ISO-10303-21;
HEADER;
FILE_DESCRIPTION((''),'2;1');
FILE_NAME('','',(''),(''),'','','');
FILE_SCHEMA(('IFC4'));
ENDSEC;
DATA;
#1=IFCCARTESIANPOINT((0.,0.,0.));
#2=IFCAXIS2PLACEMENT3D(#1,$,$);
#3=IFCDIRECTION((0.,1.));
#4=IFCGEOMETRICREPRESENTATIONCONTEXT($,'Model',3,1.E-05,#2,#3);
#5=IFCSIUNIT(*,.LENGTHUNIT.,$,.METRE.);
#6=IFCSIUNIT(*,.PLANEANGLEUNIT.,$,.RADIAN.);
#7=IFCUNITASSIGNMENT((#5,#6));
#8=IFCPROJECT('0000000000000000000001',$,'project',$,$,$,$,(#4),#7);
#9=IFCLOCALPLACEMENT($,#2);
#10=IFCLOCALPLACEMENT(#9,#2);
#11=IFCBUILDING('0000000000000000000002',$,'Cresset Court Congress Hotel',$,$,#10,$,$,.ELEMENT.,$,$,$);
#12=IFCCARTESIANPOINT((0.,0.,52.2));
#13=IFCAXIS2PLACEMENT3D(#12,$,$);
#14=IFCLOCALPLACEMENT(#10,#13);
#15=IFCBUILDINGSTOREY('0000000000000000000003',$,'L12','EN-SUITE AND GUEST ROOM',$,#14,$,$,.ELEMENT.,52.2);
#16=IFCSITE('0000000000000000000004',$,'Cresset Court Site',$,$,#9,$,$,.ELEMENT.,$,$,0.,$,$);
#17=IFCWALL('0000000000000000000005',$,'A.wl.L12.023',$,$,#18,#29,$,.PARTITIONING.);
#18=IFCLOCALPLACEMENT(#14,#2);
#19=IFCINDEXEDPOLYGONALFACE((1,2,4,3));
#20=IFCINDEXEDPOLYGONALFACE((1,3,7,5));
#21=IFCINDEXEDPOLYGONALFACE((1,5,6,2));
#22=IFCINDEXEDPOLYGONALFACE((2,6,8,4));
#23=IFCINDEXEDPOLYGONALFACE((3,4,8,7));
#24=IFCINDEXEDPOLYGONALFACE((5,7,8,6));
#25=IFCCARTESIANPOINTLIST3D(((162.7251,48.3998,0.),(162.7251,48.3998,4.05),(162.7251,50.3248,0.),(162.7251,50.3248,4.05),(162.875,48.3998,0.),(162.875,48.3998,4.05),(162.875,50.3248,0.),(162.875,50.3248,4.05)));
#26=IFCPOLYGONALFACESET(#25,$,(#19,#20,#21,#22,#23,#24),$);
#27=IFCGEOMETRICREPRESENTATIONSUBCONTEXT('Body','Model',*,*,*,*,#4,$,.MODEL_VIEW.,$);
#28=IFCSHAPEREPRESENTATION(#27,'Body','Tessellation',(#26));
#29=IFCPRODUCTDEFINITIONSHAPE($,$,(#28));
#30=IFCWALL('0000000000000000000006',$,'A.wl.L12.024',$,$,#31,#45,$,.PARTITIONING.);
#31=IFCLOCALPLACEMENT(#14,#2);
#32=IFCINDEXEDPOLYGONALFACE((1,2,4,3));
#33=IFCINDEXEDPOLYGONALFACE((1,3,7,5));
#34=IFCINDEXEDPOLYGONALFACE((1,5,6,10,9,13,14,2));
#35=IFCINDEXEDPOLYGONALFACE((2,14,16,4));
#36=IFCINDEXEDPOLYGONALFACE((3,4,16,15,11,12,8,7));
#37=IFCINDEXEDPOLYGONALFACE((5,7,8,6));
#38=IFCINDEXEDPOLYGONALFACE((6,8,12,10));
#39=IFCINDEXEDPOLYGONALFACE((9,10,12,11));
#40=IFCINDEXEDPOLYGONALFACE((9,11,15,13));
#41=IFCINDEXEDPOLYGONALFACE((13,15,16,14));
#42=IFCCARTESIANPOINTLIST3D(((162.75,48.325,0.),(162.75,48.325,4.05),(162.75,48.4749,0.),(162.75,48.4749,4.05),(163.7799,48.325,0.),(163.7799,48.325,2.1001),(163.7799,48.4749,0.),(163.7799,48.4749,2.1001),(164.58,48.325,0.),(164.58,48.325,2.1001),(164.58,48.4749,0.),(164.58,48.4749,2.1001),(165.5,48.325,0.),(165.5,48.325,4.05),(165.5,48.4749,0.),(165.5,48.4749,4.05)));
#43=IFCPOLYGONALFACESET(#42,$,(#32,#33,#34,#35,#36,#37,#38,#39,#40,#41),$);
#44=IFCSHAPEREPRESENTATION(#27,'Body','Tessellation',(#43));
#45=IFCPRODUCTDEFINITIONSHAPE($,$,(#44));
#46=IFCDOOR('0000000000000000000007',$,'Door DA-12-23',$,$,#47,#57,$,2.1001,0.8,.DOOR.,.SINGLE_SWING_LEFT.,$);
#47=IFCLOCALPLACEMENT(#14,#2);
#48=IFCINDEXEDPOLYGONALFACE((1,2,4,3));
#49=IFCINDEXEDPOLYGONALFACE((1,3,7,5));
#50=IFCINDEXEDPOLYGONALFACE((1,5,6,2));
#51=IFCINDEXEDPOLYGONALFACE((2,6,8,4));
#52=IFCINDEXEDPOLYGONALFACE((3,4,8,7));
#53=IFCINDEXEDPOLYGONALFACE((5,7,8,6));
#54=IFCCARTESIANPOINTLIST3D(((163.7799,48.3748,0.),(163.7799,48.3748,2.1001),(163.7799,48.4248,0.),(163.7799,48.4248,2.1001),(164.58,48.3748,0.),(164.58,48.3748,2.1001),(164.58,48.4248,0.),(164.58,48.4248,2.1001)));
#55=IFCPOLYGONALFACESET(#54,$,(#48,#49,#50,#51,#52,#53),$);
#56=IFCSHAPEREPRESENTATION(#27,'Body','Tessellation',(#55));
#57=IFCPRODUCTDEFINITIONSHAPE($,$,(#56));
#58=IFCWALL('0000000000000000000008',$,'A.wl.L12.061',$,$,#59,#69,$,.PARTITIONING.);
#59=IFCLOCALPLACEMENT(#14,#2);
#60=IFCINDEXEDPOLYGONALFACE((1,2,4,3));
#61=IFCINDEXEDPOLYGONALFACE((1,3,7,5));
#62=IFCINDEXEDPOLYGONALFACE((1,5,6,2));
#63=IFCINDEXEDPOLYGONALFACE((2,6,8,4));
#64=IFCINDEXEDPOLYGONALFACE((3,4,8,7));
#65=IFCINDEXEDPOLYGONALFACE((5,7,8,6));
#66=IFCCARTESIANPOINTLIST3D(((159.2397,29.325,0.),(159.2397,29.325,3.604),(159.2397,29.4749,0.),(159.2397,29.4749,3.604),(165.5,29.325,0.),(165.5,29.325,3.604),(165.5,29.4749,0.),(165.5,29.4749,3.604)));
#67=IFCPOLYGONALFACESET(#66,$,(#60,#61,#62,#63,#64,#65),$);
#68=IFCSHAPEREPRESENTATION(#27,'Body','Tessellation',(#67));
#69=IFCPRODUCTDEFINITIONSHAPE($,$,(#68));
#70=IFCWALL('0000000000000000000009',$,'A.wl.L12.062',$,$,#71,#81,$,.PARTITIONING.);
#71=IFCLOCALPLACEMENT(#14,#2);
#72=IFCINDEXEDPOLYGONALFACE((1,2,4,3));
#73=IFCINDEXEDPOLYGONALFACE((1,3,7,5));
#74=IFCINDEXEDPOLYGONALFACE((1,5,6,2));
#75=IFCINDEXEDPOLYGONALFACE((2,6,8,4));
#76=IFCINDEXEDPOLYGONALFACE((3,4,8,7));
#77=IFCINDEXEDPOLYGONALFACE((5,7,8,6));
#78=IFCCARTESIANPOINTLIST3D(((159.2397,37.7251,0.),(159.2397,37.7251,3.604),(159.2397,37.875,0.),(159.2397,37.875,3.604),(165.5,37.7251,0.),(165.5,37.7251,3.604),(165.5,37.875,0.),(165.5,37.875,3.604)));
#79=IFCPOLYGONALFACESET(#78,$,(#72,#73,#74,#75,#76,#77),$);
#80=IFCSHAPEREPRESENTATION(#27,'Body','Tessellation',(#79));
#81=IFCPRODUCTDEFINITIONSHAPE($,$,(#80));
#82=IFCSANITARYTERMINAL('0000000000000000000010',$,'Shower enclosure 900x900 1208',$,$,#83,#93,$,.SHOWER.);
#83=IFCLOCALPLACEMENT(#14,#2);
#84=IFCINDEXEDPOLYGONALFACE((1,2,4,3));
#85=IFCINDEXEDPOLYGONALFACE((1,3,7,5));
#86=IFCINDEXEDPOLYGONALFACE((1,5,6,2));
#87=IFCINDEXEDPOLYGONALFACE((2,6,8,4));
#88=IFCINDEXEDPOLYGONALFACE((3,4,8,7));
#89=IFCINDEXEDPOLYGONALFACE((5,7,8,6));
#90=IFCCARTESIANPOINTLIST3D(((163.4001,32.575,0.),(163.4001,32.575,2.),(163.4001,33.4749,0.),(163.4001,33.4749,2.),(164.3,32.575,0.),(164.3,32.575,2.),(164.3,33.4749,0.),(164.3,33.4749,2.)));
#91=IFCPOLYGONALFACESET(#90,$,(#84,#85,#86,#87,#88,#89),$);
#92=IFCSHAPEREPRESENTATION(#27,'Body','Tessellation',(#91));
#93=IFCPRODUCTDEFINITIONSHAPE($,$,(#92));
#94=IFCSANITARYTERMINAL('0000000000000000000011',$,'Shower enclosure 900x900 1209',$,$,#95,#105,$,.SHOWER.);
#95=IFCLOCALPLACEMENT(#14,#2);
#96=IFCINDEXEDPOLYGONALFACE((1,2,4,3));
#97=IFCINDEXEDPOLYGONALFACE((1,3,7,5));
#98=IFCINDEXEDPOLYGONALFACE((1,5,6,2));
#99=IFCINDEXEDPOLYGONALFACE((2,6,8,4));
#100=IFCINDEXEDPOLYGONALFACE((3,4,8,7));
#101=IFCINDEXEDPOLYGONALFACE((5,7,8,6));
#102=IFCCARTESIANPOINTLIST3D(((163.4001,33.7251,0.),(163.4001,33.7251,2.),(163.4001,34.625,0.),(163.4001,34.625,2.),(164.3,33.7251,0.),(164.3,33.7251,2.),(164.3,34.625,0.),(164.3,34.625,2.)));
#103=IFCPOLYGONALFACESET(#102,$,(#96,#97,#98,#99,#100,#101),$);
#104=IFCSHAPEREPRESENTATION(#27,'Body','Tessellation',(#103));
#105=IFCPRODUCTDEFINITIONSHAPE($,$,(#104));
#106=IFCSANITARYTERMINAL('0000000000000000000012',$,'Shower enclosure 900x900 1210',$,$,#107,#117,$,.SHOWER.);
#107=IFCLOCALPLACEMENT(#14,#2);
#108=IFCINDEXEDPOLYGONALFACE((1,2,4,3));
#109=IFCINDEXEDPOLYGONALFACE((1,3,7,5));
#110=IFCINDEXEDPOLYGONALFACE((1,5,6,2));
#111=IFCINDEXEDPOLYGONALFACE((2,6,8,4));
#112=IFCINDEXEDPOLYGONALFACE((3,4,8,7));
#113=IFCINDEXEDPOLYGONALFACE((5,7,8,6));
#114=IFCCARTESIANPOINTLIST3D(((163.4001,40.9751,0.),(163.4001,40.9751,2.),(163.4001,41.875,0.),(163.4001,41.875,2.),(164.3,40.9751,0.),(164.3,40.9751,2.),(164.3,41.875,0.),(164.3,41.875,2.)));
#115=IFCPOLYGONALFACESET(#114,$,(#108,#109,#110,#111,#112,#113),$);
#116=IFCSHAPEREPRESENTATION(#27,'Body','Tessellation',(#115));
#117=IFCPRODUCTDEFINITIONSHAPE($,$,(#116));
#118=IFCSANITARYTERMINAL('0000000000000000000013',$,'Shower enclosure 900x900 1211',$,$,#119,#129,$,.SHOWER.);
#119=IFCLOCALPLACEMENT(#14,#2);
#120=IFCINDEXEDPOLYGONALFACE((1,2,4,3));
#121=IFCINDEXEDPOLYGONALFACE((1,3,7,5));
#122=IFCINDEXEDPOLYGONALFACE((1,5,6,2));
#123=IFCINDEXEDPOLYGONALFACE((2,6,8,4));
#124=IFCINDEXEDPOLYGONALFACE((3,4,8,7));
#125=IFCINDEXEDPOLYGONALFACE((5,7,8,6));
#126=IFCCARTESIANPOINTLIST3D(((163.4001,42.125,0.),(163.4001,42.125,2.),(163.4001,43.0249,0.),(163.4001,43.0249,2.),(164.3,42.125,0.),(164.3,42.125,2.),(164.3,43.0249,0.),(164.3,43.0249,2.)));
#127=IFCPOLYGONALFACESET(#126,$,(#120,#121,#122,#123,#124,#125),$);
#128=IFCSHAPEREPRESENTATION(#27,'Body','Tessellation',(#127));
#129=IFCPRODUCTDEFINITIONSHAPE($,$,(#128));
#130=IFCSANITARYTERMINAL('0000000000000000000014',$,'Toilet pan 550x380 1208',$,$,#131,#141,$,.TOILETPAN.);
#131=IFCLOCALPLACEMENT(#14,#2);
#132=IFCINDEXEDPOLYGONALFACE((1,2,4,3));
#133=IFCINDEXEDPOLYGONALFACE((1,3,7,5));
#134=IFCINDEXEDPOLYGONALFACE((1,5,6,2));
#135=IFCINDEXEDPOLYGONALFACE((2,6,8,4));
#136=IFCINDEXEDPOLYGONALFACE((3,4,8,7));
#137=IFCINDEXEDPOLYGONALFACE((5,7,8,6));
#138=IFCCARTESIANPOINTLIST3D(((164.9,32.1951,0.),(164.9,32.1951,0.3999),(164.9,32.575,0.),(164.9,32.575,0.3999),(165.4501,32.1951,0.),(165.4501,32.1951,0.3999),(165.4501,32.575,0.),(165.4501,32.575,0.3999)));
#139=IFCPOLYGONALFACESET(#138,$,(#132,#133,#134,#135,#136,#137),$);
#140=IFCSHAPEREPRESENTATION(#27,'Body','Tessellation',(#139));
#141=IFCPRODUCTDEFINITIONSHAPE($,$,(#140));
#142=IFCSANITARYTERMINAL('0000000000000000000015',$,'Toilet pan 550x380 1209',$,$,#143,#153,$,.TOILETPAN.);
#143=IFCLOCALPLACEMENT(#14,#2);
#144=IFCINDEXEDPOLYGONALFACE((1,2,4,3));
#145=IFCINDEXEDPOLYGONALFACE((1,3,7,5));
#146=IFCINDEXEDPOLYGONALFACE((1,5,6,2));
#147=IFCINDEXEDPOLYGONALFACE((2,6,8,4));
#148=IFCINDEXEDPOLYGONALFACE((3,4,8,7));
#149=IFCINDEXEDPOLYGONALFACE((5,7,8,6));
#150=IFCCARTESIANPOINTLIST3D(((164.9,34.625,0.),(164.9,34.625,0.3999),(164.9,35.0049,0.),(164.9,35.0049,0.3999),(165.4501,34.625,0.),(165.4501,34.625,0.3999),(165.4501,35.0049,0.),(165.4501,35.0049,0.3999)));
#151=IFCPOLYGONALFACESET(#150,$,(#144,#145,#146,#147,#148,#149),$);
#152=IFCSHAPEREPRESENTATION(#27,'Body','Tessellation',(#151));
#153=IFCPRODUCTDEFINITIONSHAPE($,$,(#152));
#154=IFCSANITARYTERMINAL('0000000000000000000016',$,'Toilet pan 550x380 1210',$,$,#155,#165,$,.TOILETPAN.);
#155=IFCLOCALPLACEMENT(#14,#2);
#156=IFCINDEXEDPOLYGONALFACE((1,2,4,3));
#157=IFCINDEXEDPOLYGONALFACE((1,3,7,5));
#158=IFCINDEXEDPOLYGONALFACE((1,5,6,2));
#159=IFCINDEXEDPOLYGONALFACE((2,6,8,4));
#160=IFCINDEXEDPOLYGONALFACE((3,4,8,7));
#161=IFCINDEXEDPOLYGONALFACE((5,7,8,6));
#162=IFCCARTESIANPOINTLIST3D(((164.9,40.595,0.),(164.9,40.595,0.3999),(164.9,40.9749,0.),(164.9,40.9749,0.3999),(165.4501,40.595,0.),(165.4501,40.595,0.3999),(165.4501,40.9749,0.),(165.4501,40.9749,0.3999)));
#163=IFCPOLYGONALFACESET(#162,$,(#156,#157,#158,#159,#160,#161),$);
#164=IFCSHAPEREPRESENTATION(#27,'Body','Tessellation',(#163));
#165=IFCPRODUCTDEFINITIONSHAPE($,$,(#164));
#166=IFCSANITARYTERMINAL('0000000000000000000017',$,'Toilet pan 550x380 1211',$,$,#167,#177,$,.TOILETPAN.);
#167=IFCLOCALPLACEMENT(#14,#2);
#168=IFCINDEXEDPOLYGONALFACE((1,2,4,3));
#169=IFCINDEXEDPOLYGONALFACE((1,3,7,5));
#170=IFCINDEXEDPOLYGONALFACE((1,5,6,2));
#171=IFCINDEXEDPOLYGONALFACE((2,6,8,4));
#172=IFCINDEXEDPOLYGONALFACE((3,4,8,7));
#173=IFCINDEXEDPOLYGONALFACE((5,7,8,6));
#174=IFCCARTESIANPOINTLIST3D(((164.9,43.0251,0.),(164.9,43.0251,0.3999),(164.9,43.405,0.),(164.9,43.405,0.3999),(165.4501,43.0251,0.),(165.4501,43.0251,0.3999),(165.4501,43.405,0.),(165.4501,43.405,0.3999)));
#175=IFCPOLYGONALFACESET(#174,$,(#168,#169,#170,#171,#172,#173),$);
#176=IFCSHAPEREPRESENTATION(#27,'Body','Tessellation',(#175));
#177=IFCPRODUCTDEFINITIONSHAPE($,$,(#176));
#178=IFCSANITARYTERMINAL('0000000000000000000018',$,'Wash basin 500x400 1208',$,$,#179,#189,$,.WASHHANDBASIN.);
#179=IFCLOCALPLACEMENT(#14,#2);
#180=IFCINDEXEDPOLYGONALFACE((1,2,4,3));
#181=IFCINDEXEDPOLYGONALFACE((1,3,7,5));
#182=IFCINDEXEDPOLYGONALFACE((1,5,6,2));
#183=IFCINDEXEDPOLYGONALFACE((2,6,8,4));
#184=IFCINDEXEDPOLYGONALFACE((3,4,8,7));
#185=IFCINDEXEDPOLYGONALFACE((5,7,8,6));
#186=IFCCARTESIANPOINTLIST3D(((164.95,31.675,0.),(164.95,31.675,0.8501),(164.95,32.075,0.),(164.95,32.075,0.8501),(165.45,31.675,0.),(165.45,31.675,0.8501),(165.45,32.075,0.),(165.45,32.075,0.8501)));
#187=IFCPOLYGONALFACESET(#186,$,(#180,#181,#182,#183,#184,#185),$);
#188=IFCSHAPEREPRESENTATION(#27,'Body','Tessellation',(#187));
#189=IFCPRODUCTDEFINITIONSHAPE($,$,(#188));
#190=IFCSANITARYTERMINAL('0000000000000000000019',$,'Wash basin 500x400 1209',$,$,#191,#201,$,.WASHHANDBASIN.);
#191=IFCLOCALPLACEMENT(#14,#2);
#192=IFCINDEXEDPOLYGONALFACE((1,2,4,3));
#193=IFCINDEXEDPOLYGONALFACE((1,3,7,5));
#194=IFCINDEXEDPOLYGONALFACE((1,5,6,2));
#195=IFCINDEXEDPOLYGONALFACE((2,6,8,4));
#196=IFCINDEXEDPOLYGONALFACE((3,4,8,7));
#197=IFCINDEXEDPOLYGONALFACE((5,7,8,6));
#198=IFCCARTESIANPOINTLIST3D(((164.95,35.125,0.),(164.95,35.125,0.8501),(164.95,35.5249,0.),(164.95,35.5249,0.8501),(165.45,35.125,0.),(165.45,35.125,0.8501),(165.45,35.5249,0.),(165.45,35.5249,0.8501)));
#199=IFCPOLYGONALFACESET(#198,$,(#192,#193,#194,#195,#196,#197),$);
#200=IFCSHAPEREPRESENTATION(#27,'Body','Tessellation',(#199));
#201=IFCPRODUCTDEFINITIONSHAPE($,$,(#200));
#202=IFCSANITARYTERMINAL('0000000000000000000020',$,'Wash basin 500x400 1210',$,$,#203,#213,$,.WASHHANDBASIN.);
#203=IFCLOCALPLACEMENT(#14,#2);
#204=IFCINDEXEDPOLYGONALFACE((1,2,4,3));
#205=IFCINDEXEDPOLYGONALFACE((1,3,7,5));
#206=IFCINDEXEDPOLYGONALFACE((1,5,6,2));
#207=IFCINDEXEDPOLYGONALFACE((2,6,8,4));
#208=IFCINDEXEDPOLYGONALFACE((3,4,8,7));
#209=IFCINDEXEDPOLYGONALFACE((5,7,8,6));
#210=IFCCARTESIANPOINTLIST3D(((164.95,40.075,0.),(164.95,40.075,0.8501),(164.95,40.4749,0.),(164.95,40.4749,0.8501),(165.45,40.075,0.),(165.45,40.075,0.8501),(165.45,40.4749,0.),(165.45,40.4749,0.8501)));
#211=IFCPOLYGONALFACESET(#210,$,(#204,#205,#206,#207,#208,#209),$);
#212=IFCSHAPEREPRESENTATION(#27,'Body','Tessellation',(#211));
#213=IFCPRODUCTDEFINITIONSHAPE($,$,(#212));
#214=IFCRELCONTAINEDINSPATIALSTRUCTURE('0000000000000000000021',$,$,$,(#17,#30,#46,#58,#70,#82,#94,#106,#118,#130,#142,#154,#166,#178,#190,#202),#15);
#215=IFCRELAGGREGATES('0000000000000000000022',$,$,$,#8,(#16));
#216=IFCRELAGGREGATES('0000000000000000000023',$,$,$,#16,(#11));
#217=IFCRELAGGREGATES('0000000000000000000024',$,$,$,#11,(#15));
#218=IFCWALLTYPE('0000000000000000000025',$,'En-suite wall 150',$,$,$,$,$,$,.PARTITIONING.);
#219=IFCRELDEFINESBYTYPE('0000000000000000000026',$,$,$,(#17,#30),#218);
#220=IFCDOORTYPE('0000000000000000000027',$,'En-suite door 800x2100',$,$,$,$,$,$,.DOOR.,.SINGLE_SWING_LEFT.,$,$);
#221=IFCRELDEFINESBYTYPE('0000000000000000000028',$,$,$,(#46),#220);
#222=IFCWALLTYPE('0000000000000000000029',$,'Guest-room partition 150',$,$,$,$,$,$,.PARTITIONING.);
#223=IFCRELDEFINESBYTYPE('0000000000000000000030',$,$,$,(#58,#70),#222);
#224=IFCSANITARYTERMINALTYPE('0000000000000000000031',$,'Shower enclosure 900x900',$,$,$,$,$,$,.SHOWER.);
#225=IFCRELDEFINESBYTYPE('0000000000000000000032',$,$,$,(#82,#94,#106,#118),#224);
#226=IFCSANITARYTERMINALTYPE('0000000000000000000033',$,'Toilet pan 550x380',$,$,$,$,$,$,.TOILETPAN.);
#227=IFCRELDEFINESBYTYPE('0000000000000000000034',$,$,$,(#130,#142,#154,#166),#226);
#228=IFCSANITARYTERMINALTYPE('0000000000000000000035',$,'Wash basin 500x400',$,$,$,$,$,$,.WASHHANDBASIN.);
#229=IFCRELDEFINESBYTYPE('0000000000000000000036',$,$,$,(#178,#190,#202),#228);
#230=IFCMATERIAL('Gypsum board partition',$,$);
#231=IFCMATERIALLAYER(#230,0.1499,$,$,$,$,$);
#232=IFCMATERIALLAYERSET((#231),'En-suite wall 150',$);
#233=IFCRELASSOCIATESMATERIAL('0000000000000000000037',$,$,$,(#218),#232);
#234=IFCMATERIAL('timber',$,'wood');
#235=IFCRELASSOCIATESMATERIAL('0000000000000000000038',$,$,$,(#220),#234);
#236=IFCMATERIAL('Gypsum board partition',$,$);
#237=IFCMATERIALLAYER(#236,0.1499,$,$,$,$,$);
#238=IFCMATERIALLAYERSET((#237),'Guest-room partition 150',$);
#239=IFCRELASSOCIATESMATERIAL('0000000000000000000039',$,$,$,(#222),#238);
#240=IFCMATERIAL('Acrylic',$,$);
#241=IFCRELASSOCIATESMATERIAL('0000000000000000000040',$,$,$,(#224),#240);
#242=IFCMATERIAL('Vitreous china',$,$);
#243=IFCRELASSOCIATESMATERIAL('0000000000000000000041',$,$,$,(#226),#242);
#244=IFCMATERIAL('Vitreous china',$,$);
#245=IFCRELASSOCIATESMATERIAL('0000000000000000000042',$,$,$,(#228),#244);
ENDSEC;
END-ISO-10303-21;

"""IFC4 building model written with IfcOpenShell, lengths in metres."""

from ifc_helpers import new_model, si_unit, direction, frame, frame_2d, origin, origin_2d, place, context, subcontext, project, spatial, rectangle, extrude, material, layer, layer_set, type_object, element, fill, save


model = new_model("IFC4")

# Units and contexts
model_context = context("Model", 3, precision=1e-05, world=origin(), true_north=direction((0.0, 1.0)))
body_context = subcontext(model_context, "Body", "Model", "MODEL_VIEW")
ifc_project = project(units=[si_unit("LENGTHUNIT", "METRE"), si_unit("PLANEANGLEUNIT", "RADIAN")], contexts=[model_context])

# Site, building, storey
site_placement = place(None, origin())
site = spatial("IfcSite", under=ifc_project, at=site_placement, Name="Cresset Court Site", CompositionType="ELEMENT", RefElevation=0.0)
building_placement = place(site_placement, origin())
building = spatial("IfcBuilding", under=site, at=building_placement, Name="Cresset Court Congress Hotel", CompositionType="ELEMENT")
storey_placement = place(building_placement, frame((0.0, 0.0, 52.2)))
storey = spatial("IfcBuildingStorey", under=building, at=storey_placement, Name="L12", Description="EN-SUITE AND GUEST ROOM", CompositionType="ELEMENT", Elevation=52.2)

# Shared definitions
ifc_material_1 = material(Name="Gypsum board partition")
ifc_layer_1 = layer(ifc_material_1, 0.1499)
ifc_layer_set_1 = layer_set([ifc_layer_1], Name="En-suite wall 150")
wall_type_1 = type_object("IfcWallType", Name="En-suite wall 150", PredefinedType="PARTITIONING", material=ifc_layer_set_1)

# Shared definitions
ifc_material_2 = material(Name="timber", Category="wood")
door_type = type_object("IfcDoorType", Name="En-suite door 800x2100", OperationType="SINGLE_SWING_LEFT", PredefinedType="DOOR", material=ifc_material_2)

# Wall
wall_1_placement = place(storey_placement, frame((162.8, 48.3999, 0.0), z_axis=(0.0, 0.0, 1.0), x_axis=(0.0, 1.0, 0.0)))
element("IfcWall", 1, at=wall_1_placement, inside=storey, type_object=wall_type_1, Name="A.wl.L12.023", PredefinedType="PARTITIONING", context=body_context, shape_type="SweptSolid", body=[
    extrude(rectangle(XDim=1.925, YDim=0.1499, at=frame_2d((0.9624, 0.0))), origin(), (0.0, 0.0, 1.0), 4.05),
])

# Wall, opening, door
wall_2_placement = place(storey_placement, frame((162.75, 48.3999, 0.0), z_axis=(0.0, 0.0, 1.0), x_axis=(1.0, 0.0, 0.0)))
wall_2 = element("IfcWall", 2, at=wall_2_placement, inside=storey, type_object=wall_type_1, Name="A.wl.L12.024", PredefinedType="PARTITIONING", context=body_context, shape_type="SweptSolid", body=[
    extrude(rectangle(XDim=2.75, YDim=0.1499, at=frame_2d((1.375, 0.0))), origin(), (0.0, 0.0, 1.0), 4.05),
])
opening_1_placement = place(wall_2_placement, frame((1.03, 0.0, 0.0)))
opening_1 = element("IfcOpeningElement", 3, at=opening_1_placement, cuts=wall_2, PredefinedType="OPENING", context=body_context, shape_type="SweptSolid", body=[
    extrude(rectangle(XDim=0.8, YDim=2.1001, at=frame_2d((0.3999, 1.05))), frame((0.0, 0.085, 0.0), z_axis=(0.0, -1.0, 0.0), x_axis=(1.0, 0.0, 0.0)), (0.0, 0.0, 1.0), 0.1699),
])
door_1_placement = place(opening_1_placement, origin())
door_1 = element("IfcDoor", 4, at=door_1_placement, inside=storey, type_object=door_type, Name="Door DA-12-23", OperationType="SINGLE_SWING_LEFT", OverallHeight=2.1001, OverallWidth=0.8, PredefinedType="DOOR", context=body_context, shape_type="SweptSolid", body=[
    extrude(rectangle(XDim=0.8, YDim=2.1001, at=frame_2d((0.3999, 1.05))), frame((0.0, 0.0249, 0.0), z_axis=(0.0, -1.0, 0.0), x_axis=(1.0, 0.0, 0.0)), (0.0, 0.0, 1.0), 0.05),
])
fill(opening_1, door_1)

# Walls
ifc_material_3 = material(Name="Gypsum board partition")
ifc_layer_2 = layer(ifc_material_3, 0.1499)
ifc_layer_set_2 = layer_set([ifc_layer_2], Name="Guest-room partition 150")
wall_type_2 = type_object("IfcWallType", Name="Guest-room partition 150", PredefinedType="PARTITIONING", material=ifc_layer_set_2)
for number, where, z_axis, x_axis, name in (
    (5, (159.2397, 29.3999, 0.0), (0.0, 0.0, 1.0), (1.0, 0.0, 0.0), "A.wl.L12.061"),
    (6, (159.2397, 37.8, 0.0), (0.0, 0.0, 1.0), (1.0, 0.0, 0.0), "A.wl.L12.062"),
):
    element("IfcWall", number, at=place(storey_placement, frame(where, z_axis=z_axis, x_axis=x_axis)), inside=storey, type_object=wall_type_2, Name=name, PredefinedType="PARTITIONING", context=body_context, shape_type="SweptSolid", body=[
        extrude(rectangle(XDim=6.2603, YDim=0.1499, at=frame_2d((3.1301, 0.0))), origin(), (0.0, 0.0, 1.0), 3.604),
    ])

# Sanitary terminals
ifc_material_4 = material(Name="Acrylic")
sanitary_terminal_type_1 = type_object("IfcSanitaryTerminalType", Name="Shower enclosure 900x900", PredefinedType="SHOWER", material=ifc_material_4)
for number, where, z_axis, x_axis, name in (
    (7, (163.8501, 33.0249, 0.0), (0.0, 0.0, 1.0), (1.0, 0.0, 0.0), "Shower enclosure 900x900 1208"),
    (8, (163.8501, 34.175, 0.0), (0.0, 0.0, 1.0), (1.0, 0.0, 0.0), "Shower enclosure 900x900 1209"),
    (9, (163.8501, 41.425, 0.0), (0.0, 0.0, 1.0), (1.0, 0.0, 0.0), "Shower enclosure 900x900 1210"),
    (10, (163.8501, 42.575, 0.0), (0.0, 0.0, 1.0), (1.0, 0.0, 0.0), "Shower enclosure 900x900 1211"),
):
    element("IfcSanitaryTerminal", number, at=place(storey_placement, frame(where, z_axis=z_axis, x_axis=x_axis)), inside=storey, type_object=sanitary_terminal_type_1, Name=name, PredefinedType="SHOWER", context=body_context, shape_type="SweptSolid", body=[
        extrude(rectangle(XDim=0.8999, YDim=0.8999, at=origin_2d()), origin(), (0.0, 0.0, 1.0), 2.0),
    ])
ifc_material_5 = material(Name="Vitreous china")
sanitary_terminal_type_2 = type_object("IfcSanitaryTerminalType", Name="Toilet pan 550x380", PredefinedType="TOILETPAN", material=ifc_material_5)
for number, where, z_axis, x_axis, name in (
    (11, (165.175, 32.385, 0.0), (0.0, 0.0, 1.0), (1.0, 0.0, 0.0), "Toilet pan 550x380 1208"),
    (12, (165.175, 34.8149, 0.0), (0.0, 0.0, 1.0), (1.0, 0.0, 0.0), "Toilet pan 550x380 1209"),
    (13, (165.175, 40.7849, 0.0), (0.0, 0.0, 1.0), (1.0, 0.0, 0.0), "Toilet pan 550x380 1210"),
    (14, (165.175, 43.2151, 0.0), (0.0, 0.0, 1.0), (1.0, 0.0, 0.0), "Toilet pan 550x380 1211"),
):
    element("IfcSanitaryTerminal", number, at=place(storey_placement, frame(where, z_axis=z_axis, x_axis=x_axis)), inside=storey, type_object=sanitary_terminal_type_2, Name=name, PredefinedType="TOILETPAN", context=body_context, shape_type="SweptSolid", body=[
        extrude(rectangle(XDim=0.55, YDim=0.3799, at=origin_2d()), origin(), (0.0, 0.0, 1.0), 0.3999),
    ])
ifc_material_6 = material(Name="Vitreous china")
sanitary_terminal_type_3 = type_object("IfcSanitaryTerminalType", Name="Wash basin 500x400", PredefinedType="WASHHANDBASIN", material=ifc_material_6)
for number, where, z_axis, x_axis, name in (
    (15, (165.2, 31.875, 0.0), (0.0, 0.0, 1.0), (1.0, 0.0, 0.0), "Wash basin 500x400 1208"),
    (16, (165.2, 35.325, 0.0), (0.0, 0.0, 1.0), (1.0, 0.0, 0.0), "Wash basin 500x400 1209"),
    (17, (165.2, 40.2749, 0.0), (0.0, 0.0, 1.0), (1.0, 0.0, 0.0), "Wash basin 500x400 1210"),
):
    element("IfcSanitaryTerminal", number, at=place(storey_placement, frame(where, z_axis=z_axis, x_axis=x_axis)), inside=storey, type_object=sanitary_terminal_type_3, Name=name, PredefinedType="WASHHANDBASIN", context=body_context, shape_type="SweptSolid", body=[
        extrude(rectangle(XDim=0.5, YDim=0.3999, at=origin_2d()), origin(), (0.0, 0.0, 1.0), 0.8501),
    ])

save(model, "model.ifc")
